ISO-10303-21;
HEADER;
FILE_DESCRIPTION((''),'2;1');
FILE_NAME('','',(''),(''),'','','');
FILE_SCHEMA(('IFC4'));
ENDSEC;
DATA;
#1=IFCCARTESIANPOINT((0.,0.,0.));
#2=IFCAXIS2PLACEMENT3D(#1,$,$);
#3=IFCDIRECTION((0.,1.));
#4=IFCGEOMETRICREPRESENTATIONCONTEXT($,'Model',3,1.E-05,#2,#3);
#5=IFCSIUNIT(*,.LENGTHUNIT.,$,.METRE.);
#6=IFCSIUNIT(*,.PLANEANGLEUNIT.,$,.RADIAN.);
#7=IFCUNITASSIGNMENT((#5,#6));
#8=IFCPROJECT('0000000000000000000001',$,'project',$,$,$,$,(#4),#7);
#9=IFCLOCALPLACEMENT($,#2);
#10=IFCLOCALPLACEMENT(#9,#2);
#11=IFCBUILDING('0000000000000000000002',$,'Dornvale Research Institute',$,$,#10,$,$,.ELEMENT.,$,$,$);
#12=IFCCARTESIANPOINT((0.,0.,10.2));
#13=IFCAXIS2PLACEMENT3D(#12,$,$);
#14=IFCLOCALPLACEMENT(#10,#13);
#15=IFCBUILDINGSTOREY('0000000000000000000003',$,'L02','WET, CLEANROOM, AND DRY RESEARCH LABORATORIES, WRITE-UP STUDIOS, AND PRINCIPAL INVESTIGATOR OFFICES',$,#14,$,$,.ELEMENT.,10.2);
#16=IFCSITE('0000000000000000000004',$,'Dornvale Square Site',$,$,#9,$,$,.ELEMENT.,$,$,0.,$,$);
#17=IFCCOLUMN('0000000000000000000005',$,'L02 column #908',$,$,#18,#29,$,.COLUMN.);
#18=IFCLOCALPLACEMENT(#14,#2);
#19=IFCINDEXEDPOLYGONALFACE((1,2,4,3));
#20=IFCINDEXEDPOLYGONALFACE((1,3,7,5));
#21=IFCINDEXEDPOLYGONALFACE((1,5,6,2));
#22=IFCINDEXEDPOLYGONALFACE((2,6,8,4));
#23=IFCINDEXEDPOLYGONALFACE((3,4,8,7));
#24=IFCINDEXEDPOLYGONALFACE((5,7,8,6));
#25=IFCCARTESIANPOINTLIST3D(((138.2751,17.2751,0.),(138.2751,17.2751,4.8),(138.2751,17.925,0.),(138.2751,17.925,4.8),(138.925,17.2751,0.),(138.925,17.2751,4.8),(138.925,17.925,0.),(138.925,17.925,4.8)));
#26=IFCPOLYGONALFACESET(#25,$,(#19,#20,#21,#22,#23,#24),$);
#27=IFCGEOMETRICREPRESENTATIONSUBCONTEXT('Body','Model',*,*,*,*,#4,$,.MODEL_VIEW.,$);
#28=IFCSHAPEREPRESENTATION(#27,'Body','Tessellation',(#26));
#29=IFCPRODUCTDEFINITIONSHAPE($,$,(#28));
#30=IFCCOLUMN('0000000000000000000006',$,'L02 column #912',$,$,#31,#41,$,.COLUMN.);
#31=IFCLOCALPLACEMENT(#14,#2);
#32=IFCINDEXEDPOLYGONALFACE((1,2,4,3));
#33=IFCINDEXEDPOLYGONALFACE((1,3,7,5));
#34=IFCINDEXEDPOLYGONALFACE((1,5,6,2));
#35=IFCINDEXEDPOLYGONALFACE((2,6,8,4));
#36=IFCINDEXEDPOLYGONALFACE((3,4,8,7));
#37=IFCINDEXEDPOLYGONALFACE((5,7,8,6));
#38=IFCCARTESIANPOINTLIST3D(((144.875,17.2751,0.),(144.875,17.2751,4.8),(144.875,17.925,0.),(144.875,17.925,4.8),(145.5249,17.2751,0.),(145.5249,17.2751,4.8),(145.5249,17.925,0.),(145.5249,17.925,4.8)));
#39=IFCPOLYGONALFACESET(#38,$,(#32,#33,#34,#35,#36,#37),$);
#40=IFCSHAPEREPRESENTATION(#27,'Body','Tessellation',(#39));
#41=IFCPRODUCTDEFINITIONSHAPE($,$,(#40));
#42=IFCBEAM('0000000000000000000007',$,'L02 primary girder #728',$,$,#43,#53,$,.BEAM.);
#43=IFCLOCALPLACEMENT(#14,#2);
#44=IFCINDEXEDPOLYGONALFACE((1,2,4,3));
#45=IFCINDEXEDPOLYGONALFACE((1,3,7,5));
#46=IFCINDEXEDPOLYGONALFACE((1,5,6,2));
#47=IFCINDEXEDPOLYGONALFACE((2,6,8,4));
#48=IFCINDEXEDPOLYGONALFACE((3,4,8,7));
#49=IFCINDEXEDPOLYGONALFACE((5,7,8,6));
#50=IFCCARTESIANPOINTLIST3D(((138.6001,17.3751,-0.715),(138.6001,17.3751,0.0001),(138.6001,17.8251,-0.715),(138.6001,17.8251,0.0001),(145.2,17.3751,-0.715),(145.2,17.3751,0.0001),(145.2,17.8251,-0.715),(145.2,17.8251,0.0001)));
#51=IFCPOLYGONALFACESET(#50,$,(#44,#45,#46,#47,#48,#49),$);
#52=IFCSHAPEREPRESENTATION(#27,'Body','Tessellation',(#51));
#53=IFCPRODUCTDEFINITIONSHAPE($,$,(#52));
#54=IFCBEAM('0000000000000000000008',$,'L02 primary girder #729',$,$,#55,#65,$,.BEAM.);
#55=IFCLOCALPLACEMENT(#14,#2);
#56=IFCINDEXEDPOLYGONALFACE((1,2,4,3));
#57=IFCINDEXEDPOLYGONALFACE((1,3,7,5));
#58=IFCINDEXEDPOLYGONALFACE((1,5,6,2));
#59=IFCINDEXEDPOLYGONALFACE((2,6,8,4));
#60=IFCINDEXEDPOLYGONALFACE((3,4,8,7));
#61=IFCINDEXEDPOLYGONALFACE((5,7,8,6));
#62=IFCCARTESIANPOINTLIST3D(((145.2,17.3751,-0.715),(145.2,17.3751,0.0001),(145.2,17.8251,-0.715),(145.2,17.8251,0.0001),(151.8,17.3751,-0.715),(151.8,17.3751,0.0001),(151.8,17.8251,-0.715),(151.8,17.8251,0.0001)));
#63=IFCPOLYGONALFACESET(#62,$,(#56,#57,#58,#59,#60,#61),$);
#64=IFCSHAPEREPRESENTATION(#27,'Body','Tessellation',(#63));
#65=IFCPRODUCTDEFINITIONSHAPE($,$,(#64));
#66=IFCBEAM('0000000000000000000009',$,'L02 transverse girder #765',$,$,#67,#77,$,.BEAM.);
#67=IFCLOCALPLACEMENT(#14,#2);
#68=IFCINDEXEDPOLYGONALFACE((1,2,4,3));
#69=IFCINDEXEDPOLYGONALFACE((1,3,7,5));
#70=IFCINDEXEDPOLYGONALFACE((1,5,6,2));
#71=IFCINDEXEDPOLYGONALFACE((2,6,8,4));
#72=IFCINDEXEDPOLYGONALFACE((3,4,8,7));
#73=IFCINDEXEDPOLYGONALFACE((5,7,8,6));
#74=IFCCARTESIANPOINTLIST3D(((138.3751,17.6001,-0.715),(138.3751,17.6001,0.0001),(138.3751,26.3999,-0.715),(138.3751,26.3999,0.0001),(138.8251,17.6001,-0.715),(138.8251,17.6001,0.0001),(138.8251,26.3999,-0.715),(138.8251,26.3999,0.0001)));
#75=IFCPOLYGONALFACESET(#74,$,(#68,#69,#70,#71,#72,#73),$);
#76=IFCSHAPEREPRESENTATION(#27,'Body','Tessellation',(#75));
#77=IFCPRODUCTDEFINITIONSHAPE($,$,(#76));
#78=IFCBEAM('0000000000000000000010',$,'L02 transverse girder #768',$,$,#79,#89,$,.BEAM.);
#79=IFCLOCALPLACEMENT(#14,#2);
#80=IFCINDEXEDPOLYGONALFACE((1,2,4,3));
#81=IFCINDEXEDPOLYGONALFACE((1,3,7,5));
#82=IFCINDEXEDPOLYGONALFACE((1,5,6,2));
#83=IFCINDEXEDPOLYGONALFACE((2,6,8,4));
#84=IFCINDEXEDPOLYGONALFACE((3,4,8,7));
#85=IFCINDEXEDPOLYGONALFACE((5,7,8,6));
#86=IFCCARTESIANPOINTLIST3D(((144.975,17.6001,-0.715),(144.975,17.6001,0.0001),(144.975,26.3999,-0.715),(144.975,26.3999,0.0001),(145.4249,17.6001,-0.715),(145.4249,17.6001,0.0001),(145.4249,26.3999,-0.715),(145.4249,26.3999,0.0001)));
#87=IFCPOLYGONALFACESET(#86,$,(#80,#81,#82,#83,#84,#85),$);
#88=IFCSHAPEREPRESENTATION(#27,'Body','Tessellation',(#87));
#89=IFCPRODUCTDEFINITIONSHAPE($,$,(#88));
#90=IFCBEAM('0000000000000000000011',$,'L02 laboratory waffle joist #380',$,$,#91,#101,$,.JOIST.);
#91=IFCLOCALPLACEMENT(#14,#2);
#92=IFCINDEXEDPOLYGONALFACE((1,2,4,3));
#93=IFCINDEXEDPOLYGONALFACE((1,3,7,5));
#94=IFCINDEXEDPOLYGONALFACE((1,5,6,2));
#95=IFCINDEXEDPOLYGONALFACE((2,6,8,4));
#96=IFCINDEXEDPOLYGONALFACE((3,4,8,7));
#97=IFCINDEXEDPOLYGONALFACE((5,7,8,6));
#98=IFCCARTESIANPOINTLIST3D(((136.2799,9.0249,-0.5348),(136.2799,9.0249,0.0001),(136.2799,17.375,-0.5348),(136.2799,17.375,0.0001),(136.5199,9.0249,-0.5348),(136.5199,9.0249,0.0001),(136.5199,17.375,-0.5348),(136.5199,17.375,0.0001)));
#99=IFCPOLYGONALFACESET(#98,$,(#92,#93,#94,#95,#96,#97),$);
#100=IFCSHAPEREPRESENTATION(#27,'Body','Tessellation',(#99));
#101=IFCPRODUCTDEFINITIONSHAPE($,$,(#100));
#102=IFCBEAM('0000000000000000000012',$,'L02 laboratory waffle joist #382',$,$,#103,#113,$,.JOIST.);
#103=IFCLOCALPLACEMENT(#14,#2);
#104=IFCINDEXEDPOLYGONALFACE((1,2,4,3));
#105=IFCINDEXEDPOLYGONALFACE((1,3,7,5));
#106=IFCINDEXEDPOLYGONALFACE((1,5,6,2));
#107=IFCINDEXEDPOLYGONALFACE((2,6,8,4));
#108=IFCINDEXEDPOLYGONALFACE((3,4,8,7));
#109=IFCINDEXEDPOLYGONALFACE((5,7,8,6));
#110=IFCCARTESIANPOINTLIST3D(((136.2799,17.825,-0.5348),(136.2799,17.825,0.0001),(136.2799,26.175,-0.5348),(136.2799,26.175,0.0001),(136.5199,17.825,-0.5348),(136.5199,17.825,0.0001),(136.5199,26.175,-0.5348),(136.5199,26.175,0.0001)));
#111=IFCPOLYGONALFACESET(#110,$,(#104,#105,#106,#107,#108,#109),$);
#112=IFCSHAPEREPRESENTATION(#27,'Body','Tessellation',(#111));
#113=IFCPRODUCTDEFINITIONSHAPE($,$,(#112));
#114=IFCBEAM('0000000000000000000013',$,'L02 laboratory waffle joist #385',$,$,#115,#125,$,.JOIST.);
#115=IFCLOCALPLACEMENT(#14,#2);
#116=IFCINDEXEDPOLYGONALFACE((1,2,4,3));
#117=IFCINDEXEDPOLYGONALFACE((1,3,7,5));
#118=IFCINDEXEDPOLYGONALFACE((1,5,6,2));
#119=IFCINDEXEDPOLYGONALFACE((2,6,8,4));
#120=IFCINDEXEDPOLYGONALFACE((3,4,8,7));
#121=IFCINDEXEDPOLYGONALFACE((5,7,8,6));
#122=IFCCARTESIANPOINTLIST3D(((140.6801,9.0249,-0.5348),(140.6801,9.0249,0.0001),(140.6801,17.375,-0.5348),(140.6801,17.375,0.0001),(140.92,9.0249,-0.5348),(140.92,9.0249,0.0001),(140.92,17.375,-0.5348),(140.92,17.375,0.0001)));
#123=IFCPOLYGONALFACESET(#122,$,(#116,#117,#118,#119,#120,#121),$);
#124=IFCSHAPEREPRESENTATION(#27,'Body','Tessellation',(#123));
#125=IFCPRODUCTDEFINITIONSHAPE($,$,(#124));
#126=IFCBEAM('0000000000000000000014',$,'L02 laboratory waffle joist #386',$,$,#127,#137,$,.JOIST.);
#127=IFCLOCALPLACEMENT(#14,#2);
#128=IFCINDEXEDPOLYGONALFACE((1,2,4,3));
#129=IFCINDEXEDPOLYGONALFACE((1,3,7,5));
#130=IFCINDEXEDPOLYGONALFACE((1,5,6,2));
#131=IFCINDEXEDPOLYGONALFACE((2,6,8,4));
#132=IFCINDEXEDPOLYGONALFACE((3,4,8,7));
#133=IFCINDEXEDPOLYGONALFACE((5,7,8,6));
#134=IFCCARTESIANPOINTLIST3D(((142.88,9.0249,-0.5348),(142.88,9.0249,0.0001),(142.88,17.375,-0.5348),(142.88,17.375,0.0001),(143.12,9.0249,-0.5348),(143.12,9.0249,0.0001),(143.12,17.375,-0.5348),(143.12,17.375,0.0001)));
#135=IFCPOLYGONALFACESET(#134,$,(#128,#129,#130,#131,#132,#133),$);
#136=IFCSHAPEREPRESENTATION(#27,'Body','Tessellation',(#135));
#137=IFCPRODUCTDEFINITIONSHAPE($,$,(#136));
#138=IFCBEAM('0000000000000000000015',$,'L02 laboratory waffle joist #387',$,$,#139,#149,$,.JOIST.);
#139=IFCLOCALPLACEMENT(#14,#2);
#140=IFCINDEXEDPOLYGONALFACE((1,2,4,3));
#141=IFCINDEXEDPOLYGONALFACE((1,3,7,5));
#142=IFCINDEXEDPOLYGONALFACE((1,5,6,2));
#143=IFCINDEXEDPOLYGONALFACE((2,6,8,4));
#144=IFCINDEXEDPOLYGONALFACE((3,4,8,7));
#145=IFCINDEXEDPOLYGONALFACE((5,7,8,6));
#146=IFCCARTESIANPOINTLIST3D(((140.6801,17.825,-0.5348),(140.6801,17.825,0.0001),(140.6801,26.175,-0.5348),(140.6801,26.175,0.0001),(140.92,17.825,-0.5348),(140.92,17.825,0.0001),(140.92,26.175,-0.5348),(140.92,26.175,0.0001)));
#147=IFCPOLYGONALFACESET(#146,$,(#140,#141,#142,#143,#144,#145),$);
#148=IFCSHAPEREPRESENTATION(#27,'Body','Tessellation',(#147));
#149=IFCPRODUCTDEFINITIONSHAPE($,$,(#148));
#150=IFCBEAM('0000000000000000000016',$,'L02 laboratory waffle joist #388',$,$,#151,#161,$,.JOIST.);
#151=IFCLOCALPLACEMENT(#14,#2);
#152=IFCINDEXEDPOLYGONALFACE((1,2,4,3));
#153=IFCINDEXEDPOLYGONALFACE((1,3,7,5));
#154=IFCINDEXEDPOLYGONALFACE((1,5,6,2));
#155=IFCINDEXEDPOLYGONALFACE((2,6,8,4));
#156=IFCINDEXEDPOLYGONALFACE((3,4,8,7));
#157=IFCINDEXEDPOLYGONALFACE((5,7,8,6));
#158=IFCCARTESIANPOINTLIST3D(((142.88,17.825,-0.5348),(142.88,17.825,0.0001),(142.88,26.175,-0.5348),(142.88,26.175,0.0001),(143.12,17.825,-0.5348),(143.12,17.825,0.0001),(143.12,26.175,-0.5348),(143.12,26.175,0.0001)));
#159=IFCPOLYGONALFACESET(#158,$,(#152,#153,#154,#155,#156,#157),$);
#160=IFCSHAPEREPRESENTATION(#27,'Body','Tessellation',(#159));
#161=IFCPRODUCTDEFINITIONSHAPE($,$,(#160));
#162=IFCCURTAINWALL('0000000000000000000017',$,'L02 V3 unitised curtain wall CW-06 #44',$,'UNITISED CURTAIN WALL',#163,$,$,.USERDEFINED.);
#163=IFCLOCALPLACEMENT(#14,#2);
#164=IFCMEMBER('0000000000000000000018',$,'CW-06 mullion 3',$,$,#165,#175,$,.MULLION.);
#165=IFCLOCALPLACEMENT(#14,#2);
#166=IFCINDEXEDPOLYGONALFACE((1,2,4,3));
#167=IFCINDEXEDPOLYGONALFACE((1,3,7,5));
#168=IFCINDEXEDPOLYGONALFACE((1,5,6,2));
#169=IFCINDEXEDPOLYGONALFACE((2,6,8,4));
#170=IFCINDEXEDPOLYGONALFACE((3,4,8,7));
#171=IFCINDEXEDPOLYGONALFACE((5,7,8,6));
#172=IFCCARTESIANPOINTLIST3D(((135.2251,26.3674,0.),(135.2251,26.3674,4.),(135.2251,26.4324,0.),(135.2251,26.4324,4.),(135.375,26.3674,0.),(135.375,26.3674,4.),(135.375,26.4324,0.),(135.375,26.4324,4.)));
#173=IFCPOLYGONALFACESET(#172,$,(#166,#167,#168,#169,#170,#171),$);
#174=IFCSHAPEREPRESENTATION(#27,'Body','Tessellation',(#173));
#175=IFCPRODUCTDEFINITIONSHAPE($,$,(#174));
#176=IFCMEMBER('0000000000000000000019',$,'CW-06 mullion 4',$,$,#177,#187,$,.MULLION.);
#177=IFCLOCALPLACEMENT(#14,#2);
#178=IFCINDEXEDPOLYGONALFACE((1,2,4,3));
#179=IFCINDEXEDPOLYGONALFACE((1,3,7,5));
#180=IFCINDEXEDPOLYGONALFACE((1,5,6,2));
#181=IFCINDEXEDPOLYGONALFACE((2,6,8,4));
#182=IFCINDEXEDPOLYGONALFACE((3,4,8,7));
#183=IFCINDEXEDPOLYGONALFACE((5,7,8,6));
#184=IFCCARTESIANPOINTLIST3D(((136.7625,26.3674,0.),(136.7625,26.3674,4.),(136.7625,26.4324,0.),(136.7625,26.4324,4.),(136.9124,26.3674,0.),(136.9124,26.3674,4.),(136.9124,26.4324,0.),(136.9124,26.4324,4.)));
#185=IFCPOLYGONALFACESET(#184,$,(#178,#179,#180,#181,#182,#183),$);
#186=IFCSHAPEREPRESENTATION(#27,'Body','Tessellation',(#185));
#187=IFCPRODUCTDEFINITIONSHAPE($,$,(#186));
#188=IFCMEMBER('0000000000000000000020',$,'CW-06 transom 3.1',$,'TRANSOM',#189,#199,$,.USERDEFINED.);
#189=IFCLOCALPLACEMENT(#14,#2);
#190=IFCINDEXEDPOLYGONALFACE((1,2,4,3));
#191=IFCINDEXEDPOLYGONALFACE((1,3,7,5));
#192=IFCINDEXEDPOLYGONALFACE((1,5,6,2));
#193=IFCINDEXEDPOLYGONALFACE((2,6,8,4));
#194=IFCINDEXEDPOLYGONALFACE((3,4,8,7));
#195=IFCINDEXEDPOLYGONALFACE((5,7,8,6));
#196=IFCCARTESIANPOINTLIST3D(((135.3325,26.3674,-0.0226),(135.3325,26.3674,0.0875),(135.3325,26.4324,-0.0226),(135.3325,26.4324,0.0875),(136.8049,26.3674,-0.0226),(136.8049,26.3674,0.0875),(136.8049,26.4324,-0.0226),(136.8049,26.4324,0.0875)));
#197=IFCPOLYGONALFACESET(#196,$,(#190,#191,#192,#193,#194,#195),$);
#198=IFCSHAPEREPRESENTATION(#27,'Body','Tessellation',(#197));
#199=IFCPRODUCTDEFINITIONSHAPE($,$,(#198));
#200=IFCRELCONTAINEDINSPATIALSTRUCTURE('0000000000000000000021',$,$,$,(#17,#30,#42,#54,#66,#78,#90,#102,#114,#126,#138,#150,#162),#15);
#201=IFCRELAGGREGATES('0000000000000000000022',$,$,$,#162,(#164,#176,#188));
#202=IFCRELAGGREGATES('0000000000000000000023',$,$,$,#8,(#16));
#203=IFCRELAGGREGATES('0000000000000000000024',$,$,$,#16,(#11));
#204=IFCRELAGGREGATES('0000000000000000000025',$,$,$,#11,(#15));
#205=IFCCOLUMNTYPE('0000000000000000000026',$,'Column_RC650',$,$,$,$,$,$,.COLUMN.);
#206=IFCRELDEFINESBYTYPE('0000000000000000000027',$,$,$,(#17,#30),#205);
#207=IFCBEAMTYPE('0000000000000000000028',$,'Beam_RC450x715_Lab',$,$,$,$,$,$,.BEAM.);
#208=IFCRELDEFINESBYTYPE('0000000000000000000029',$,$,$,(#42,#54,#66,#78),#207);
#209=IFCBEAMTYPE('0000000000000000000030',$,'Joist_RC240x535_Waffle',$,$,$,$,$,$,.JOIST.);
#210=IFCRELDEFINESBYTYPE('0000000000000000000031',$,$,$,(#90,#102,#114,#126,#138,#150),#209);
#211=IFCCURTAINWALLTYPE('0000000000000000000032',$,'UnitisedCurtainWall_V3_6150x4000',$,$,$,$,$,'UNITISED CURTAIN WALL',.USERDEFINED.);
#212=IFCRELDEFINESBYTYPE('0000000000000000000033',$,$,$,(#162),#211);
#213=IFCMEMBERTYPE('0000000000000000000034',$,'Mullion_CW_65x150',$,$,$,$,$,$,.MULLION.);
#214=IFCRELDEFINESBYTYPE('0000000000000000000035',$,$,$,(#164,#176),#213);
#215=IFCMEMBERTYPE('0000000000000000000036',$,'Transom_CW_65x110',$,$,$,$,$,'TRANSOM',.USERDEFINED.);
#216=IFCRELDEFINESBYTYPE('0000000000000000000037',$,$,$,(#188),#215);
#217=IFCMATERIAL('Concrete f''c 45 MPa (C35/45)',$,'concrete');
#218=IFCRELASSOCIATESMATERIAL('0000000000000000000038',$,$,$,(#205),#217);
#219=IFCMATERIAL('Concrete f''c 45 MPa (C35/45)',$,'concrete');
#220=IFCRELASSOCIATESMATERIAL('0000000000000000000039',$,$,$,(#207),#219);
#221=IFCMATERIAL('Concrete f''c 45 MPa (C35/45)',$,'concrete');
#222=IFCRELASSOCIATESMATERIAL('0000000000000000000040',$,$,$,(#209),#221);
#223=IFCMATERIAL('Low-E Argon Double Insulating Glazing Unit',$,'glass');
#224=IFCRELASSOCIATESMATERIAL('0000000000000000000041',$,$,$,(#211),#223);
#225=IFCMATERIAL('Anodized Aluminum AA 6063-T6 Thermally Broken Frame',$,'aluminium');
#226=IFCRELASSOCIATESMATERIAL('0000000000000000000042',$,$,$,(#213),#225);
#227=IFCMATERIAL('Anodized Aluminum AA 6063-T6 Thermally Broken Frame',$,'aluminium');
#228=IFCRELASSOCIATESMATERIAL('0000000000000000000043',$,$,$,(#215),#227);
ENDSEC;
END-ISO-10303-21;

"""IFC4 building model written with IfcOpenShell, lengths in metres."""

from ifc_helpers import new_model, si_unit, direction, frame, origin, origin_2d, place, context, subcontext, project, spatial, rectangle, extrude, material, material_profile, profile_set, type_object, element, aggregate, save


model = new_model("IFC4")

# Units and contexts
model_context = context("Model", 3, precision=1e-05, world=origin(), true_north=direction((0.0, 1.0)))
body_context = subcontext(model_context, "Body", "Model", "MODEL_VIEW")
ifc_project = project(units=[si_unit("LENGTHUNIT", "METRE"), si_unit("PLANEANGLEUNIT", "RADIAN")], contexts=[model_context])

# Site, building, storey
site_placement = place(None, origin())
site = spatial("IfcSite", under=ifc_project, at=site_placement, Name="Dornvale Square Site", CompositionType="ELEMENT", RefElevation=0.0)
building_placement = place(site_placement, origin())
building = spatial("IfcBuilding", under=site, at=building_placement, Name="Dornvale Research Institute", CompositionType="ELEMENT")
storey_placement = place(building_placement, frame((0.0, 0.0, 10.2)))
storey = spatial("IfcBuildingStorey", under=building, at=storey_placement, Name="L02", Description="WET, CLEANROOM, AND DRY RESEARCH LABORATORIES, WRITE-UP STUDIOS, AND PRINCIPAL INVESTIGATOR OFFICES", CompositionType="ELEMENT", Elevation=10.2)

# Columns
ifc_material_1 = material(Name="Concrete f'c 45 MPa (C35/45)", Category="concrete")
ifc_material_profile_1 = material_profile(ifc_material_1, rectangle(XDim=0.6499, YDim=0.6499, at=origin_2d()), Name="RC 650x650")
ifc_profile_set_1 = profile_set([ifc_material_profile_1], Name="Concrete f'c 45 MPa (C35/45)")
column_type = type_object("IfcColumnType", Name="Column_RC650", PredefinedType="COLUMN", material=ifc_profile_set_1)
for number, where, z_axis, x_axis, name in (
    (1, (138.6001, 17.6001, 0.0), (0.0, 0.0, 1.0), (1.0, 0.0, 0.0), "L02 column #908"),
    (2, (145.2, 17.6001, 0.0), (0.0, 0.0, 1.0), (1.0, 0.0, 0.0), "L02 column #912"),
):
    element("IfcColumn", number, at=place(storey_placement, frame(where, z_axis=z_axis, x_axis=x_axis)), inside=storey, type_object=column_type, Name=name, PredefinedType="COLUMN", context=body_context, shape_type="SweptSolid", body=[
        extrude(rectangle(XDim=0.6499, YDim=0.6499, at=origin_2d()), origin(), (0.0, 0.0, 1.0), 4.8),
    ])

# Beams
ifc_material_2 = material(Name="Concrete f'c 45 MPa (C35/45)", Category="concrete")
ifc_material_profile_2 = material_profile(ifc_material_2, rectangle(XDim=0.45, YDim=0.7151, at=origin_2d()), Name="RC 450x715")
ifc_profile_set_2 = profile_set([ifc_material_profile_2], Name="Concrete f'c 45 MPa (C35/45)")
beam_type_1 = type_object("IfcBeamType", Name="Beam_RC450x715_Lab", PredefinedType="BEAM", material=ifc_profile_set_2)
beam_1_placement = place(storey_placement, frame((138.6001, 17.6001, -0.3574), z_axis=(1.0, 0.0, 0.0), x_axis=(0.0, 1.0, 0.0)))
element("IfcBeam", 3, at=beam_1_placement, inside=storey, type_object=beam_type_1, Name="L02 primary girder #728", PredefinedType="BEAM", context=body_context, shape_type="SweptSolid", body=[
    extrude(rectangle(XDim=0.45, YDim=0.7151, at=origin_2d()), origin(), (0.0, 0.0, 1.0), 6.5999),
])
beam_2_placement = place(storey_placement, frame((145.2, 17.6001, -0.3574), z_axis=(1.0, 0.0, 0.0), x_axis=(0.0, 1.0, 0.0)))
element("IfcBeam", 4, at=beam_2_placement, inside=storey, type_object=beam_type_1, Name="L02 primary girder #729", PredefinedType="BEAM", context=body_context, shape_type="SweptSolid", body=[
    extrude(rectangle(XDim=0.45, YDim=0.7151, at=origin_2d()), origin(), (0.0, 0.0, 1.0), 6.6001),
])
for number, where, z_axis, x_axis, name in (
    (5, (138.6001, 17.6001, -0.3574), (0.0, 1.0, 0.0), (-1.0, 0.0, 0.0), "L02 transverse girder #765"),
    (6, (145.2, 17.6001, -0.3574), (0.0, 1.0, 0.0), (-1.0, 0.0, 0.0), "L02 transverse girder #768"),
):
    element("IfcBeam", number, at=place(storey_placement, frame(where, z_axis=z_axis, x_axis=x_axis)), inside=storey, type_object=beam_type_1, Name=name, PredefinedType="BEAM", context=body_context, shape_type="SweptSolid", body=[
        extrude(rectangle(XDim=0.45, YDim=0.7151, at=origin_2d()), origin(), (0.0, 0.0, 1.0), 8.7998),
    ])
ifc_material_3 = material(Name="Concrete f'c 45 MPa (C35/45)", Category="concrete")
ifc_material_profile_3 = material_profile(ifc_material_3, rectangle(XDim=0.24, YDim=0.5349, at=origin_2d()), Name="RC 240x535")
ifc_profile_set_3 = profile_set([ifc_material_profile_3], Name="Concrete f'c 45 MPa (C35/45)")
beam_type_2 = type_object("IfcBeamType", Name="Joist_RC240x535_Waffle", PredefinedType="JOIST", material=ifc_profile_set_3)
for number, where, z_axis, x_axis, name in (
    (7, (136.3999, 9.0249, -0.2673), (0.0, 1.0, 0.0), (-1.0, 0.0, 0.0), "L02 laboratory waffle joist #380"),
    (8, (136.3999, 17.825, -0.2673), (0.0, 1.0, 0.0), (-1.0, 0.0, 0.0), "L02 laboratory waffle joist #382"),
    (9, (140.8, 9.0249, -0.2673), (0.0, 1.0, 0.0), (-1.0, 0.0, 0.0), "L02 laboratory waffle joist #385"),
    (10, (143.0, 9.0249, -0.2673), (0.0, 1.0, 0.0), (-1.0, 0.0, 0.0), "L02 laboratory waffle joist #386"),
    (11, (140.8, 17.825, -0.2673), (0.0, 1.0, 0.0), (-1.0, 0.0, 0.0), "L02 laboratory waffle joist #387"),
    (12, (143.0, 17.825, -0.2673), (0.0, 1.0, 0.0), (-1.0, 0.0, 0.0), "L02 laboratory waffle joist #388"),
):
    element("IfcBeam", number, at=place(storey_placement, frame(where, z_axis=z_axis, x_axis=x_axis)), inside=storey, type_object=beam_type_2, Name=name, PredefinedType="JOIST", context=body_context, shape_type="SweptSolid", body=[
        extrude(rectangle(XDim=0.24, YDim=0.5349, at=origin_2d()), origin(), (0.0, 0.0, 1.0), 8.3501),
    ])

# Curtain wall, members
ifc_material_4 = material(Name="Low-E Argon Double Insulating Glazing Unit", Category="glass")
curtain_wall_type = type_object("IfcCurtainWallType", Name="UnitisedCurtainWall_V3_6150x4000", ElementType="UNITISED CURTAIN WALL", PredefinedType="USERDEFINED", material=ifc_material_4)
curtain_wall_placement = place(storey_placement, origin())
curtain_wall = element("IfcCurtainWall", 13, at=curtain_wall_placement, inside=storey, type_object=curtain_wall_type, Name="L02 V3 unitised curtain wall CW-06 #44", ObjectType="UNITISED CURTAIN WALL", PredefinedType="USERDEFINED")
ifc_material_5 = material(Name="Anodized Aluminum AA 6063-T6 Thermally Broken Frame", Category="aluminium")
ifc_material_profile_4 = material_profile(ifc_material_5, rectangle(XDim=0.0649, YDim=0.1499, at=origin_2d()), Name="ALU MULLION 65x150")
ifc_profile_set_4 = profile_set([ifc_material_profile_4], Name="Anodized Aluminum AA 6063-T6 Thermally Broken Frame")
member_type_1 = type_object("IfcMemberType", Name="Mullion_CW_65x150", PredefinedType="MULLION", material=ifc_profile_set_4)
member_1_placement = place(storey_placement, frame((135.3, 26.3999, 0.0), z_axis=(0.0, 0.0, 1.0), x_axis=(0.0, 1.0, 0.0)))
member_1 = element("IfcMember", 14, at=member_1_placement, type_object=member_type_1, Name="CW-06 mullion 3", PredefinedType="MULLION", context=body_context, shape_type="SweptSolid", body=[
    extrude(rectangle(XDim=0.0649, YDim=0.1499, at=origin_2d()), origin(), (0.0, 0.0, 1.0), 4.0),
])
member_2_placement = place(storey_placement, frame((136.8374, 26.3999, 0.0), z_axis=(0.0, 0.0, 1.0), x_axis=(0.0, 1.0, 0.0)))
member_2 = element("IfcMember", 15, at=member_2_placement, type_object=member_type_1, Name="CW-06 mullion 4", PredefinedType="MULLION", context=body_context, shape_type="SweptSolid", body=[
    extrude(rectangle(XDim=0.0649, YDim=0.1499, at=origin_2d()), origin(), (0.0, 0.0, 1.0), 4.0),
])
ifc_material_6 = material(Name="Anodized Aluminum AA 6063-T6 Thermally Broken Frame", Category="aluminium")
ifc_material_profile_5 = material_profile(ifc_material_6, rectangle(XDim=0.0649, YDim=0.1101, at=origin_2d()), Name="ALU TRANSOM 65x110")
ifc_profile_set_5 = profile_set([ifc_material_profile_5], Name="Anodized Aluminum AA 6063-T6 Thermally Broken Frame")
member_type_2 = type_object("IfcMemberType", Name="Transom_CW_65x110", ElementType="TRANSOM", PredefinedType="USERDEFINED", material=ifc_profile_set_5)
member_3_placement = place(storey_placement, frame((135.3325, 26.3999, 0.0325), z_axis=(1.0, 0.0, 0.0), x_axis=(0.0, 1.0, 0.0)))
member_3 = element("IfcMember", 16, at=member_3_placement, type_object=member_type_2, Name="CW-06 transom 3.1", ObjectType="TRANSOM", PredefinedType="USERDEFINED", context=body_context, shape_type="SweptSolid", body=[
    extrude(rectangle(XDim=0.0649, YDim=0.1101, at=origin_2d()), origin(), (0.0, 0.0, 1.0), 1.4724),
])
aggregate(curtain_wall, [member_1, member_2, member_3])

save(model, "model.ifc")
